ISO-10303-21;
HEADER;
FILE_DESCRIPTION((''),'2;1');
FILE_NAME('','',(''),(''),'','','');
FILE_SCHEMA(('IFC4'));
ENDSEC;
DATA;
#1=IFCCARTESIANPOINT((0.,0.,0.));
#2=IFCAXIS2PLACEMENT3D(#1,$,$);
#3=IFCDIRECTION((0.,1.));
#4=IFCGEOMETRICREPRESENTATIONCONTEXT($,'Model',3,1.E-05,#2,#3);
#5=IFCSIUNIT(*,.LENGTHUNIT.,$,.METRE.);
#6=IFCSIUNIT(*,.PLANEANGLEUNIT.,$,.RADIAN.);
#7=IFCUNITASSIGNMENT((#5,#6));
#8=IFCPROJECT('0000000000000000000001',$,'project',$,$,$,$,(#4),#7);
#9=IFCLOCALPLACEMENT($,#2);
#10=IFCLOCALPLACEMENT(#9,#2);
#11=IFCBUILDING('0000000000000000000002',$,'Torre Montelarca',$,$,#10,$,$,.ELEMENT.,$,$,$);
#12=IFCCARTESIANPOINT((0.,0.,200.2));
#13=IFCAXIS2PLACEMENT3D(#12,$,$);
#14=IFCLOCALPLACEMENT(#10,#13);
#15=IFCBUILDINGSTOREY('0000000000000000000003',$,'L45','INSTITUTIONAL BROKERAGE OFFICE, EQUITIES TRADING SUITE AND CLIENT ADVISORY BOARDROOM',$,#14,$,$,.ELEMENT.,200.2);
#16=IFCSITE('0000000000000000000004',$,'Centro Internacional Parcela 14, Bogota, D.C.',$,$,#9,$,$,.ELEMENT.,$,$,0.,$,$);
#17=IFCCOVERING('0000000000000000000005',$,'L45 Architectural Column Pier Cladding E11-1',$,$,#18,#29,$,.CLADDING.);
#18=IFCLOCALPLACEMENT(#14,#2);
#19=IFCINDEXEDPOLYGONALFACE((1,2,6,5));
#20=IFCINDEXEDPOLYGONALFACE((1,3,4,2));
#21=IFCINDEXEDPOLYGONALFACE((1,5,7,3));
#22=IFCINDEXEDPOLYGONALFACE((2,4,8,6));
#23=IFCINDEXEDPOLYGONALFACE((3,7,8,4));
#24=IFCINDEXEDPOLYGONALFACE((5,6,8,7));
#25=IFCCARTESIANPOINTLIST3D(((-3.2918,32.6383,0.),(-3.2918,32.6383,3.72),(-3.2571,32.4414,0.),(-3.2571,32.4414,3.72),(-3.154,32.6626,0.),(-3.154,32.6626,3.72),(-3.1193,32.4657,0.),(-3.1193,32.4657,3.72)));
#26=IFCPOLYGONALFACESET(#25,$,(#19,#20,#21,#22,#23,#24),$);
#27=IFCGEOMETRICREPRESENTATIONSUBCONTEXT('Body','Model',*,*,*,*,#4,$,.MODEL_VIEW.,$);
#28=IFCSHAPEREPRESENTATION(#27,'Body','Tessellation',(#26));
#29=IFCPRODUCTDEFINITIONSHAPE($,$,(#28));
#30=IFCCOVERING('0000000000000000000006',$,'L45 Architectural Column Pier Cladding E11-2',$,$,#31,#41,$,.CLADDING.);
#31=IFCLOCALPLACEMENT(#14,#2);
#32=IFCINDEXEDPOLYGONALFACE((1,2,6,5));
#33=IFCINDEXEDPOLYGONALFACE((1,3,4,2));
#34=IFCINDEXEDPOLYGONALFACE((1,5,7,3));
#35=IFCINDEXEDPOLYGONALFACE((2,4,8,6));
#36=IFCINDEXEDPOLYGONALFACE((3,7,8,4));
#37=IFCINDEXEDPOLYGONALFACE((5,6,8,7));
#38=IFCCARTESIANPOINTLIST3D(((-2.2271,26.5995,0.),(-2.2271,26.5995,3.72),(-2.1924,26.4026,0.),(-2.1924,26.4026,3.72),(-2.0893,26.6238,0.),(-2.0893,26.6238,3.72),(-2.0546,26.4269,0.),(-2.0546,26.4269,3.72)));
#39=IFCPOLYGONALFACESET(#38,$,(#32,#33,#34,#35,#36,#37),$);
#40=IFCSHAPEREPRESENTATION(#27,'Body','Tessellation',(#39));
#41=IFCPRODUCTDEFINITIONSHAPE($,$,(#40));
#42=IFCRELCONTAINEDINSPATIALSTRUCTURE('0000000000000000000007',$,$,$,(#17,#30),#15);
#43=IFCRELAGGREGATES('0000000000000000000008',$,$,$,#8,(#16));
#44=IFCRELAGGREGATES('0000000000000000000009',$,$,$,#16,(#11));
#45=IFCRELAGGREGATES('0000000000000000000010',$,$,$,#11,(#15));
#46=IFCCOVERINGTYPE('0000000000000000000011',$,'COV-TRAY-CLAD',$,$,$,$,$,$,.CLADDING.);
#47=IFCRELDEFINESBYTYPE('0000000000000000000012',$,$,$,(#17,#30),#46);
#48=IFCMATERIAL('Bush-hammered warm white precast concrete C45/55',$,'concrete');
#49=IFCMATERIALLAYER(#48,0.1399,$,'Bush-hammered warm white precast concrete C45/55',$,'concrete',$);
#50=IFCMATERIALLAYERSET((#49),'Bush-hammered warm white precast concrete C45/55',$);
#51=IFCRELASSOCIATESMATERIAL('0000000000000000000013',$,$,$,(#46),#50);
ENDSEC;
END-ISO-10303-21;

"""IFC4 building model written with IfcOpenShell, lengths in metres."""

from ifc_helpers import new_model, si_unit, direction, frame, origin, origin_2d, place, context, subcontext, project, spatial, rectangle, extrude, source, transform, mapped, material, layer, layer_set, type_object, element, save


model = new_model("IFC4")

# Units and contexts
model_context = context("Model", 3, precision=1e-05, world=origin(), true_north=direction((0.0, 1.0)))
body_context = subcontext(model_context, "Body", "Model", "MODEL_VIEW")
ifc_project = project(units=[si_unit("LENGTHUNIT", "METRE"), si_unit("PLANEANGLEUNIT", "RADIAN")], contexts=[model_context])

# Site, building, storey
site_placement = place(None, origin())
site = spatial("IfcSite", under=ifc_project, at=site_placement, Name="Centro Internacional Parcela 14, Bogota, D.C.", CompositionType="ELEMENT", RefElevation=0.0)
building_placement = place(site_placement, origin())
building = spatial("IfcBuilding", under=site, at=building_placement, Name="Torre Montelarca", CompositionType="ELEMENT")
storey_placement = place(building_placement, frame((0.0, 0.0, 200.2)))
storey = spatial("IfcBuildingStorey", under=building, at=storey_placement, Name="L45", Description="INSTITUTIONAL BROKERAGE OFFICE, EQUITIES TRADING SUITE AND CLIENT ADVISORY BOARDROOM", CompositionType="ELEMENT", Elevation=200.2)

# Coverings
ifc_material_1 = material(Name="Bush-hammered warm white precast concrete C45/55", Category="concrete")
ifc_layer_1 = layer(ifc_material_1, 0.1399, Name="Bush-hammered warm white precast concrete C45/55", Category="concrete")
ifc_layer_set_1 = layer_set([ifc_layer_1], Name="Bush-hammered warm white precast concrete C45/55")
covering_type = type_object("IfcCoveringType", Name="COV-TRAY-CLAD", PredefinedType="CLADDING", material=ifc_layer_set_1)
shared_shape_1 = source(origin(), body_context, "Body", "SweptSolid", [
    extrude(rectangle(XDim=0.2, YDim=0.1399, at=origin_2d()), origin(), (0.0, 0.0, 1.0), 3.72),
])
for number, where, z_axis, x_axis, name in (
    (1, (-3.2056, 32.552, 0.0), (0.0, 0.0, 1.0), (0.173631, -0.984811, 0.0), "L45 Architectural Column Pier Cladding E11-1"),
    (2, (-2.1409, 26.5132, 0.0), (0.0, 0.0, 1.0), (0.173631, -0.984811, 0.0), "L45 Architectural Column Pier Cladding E11-2"),
):
    element("IfcCovering", number, at=place(storey_placement, frame(where, z_axis=z_axis, x_axis=x_axis)), inside=storey, type_object=covering_type, Name=name, PredefinedType="CLADDING", context=body_context, shape_type="MappedRepresentation", body=[
        mapped(shared_shape_1, transform((0.0, 0.0, 0.0), scale=1.0)),
    ])

save(model, "model.ifc")
